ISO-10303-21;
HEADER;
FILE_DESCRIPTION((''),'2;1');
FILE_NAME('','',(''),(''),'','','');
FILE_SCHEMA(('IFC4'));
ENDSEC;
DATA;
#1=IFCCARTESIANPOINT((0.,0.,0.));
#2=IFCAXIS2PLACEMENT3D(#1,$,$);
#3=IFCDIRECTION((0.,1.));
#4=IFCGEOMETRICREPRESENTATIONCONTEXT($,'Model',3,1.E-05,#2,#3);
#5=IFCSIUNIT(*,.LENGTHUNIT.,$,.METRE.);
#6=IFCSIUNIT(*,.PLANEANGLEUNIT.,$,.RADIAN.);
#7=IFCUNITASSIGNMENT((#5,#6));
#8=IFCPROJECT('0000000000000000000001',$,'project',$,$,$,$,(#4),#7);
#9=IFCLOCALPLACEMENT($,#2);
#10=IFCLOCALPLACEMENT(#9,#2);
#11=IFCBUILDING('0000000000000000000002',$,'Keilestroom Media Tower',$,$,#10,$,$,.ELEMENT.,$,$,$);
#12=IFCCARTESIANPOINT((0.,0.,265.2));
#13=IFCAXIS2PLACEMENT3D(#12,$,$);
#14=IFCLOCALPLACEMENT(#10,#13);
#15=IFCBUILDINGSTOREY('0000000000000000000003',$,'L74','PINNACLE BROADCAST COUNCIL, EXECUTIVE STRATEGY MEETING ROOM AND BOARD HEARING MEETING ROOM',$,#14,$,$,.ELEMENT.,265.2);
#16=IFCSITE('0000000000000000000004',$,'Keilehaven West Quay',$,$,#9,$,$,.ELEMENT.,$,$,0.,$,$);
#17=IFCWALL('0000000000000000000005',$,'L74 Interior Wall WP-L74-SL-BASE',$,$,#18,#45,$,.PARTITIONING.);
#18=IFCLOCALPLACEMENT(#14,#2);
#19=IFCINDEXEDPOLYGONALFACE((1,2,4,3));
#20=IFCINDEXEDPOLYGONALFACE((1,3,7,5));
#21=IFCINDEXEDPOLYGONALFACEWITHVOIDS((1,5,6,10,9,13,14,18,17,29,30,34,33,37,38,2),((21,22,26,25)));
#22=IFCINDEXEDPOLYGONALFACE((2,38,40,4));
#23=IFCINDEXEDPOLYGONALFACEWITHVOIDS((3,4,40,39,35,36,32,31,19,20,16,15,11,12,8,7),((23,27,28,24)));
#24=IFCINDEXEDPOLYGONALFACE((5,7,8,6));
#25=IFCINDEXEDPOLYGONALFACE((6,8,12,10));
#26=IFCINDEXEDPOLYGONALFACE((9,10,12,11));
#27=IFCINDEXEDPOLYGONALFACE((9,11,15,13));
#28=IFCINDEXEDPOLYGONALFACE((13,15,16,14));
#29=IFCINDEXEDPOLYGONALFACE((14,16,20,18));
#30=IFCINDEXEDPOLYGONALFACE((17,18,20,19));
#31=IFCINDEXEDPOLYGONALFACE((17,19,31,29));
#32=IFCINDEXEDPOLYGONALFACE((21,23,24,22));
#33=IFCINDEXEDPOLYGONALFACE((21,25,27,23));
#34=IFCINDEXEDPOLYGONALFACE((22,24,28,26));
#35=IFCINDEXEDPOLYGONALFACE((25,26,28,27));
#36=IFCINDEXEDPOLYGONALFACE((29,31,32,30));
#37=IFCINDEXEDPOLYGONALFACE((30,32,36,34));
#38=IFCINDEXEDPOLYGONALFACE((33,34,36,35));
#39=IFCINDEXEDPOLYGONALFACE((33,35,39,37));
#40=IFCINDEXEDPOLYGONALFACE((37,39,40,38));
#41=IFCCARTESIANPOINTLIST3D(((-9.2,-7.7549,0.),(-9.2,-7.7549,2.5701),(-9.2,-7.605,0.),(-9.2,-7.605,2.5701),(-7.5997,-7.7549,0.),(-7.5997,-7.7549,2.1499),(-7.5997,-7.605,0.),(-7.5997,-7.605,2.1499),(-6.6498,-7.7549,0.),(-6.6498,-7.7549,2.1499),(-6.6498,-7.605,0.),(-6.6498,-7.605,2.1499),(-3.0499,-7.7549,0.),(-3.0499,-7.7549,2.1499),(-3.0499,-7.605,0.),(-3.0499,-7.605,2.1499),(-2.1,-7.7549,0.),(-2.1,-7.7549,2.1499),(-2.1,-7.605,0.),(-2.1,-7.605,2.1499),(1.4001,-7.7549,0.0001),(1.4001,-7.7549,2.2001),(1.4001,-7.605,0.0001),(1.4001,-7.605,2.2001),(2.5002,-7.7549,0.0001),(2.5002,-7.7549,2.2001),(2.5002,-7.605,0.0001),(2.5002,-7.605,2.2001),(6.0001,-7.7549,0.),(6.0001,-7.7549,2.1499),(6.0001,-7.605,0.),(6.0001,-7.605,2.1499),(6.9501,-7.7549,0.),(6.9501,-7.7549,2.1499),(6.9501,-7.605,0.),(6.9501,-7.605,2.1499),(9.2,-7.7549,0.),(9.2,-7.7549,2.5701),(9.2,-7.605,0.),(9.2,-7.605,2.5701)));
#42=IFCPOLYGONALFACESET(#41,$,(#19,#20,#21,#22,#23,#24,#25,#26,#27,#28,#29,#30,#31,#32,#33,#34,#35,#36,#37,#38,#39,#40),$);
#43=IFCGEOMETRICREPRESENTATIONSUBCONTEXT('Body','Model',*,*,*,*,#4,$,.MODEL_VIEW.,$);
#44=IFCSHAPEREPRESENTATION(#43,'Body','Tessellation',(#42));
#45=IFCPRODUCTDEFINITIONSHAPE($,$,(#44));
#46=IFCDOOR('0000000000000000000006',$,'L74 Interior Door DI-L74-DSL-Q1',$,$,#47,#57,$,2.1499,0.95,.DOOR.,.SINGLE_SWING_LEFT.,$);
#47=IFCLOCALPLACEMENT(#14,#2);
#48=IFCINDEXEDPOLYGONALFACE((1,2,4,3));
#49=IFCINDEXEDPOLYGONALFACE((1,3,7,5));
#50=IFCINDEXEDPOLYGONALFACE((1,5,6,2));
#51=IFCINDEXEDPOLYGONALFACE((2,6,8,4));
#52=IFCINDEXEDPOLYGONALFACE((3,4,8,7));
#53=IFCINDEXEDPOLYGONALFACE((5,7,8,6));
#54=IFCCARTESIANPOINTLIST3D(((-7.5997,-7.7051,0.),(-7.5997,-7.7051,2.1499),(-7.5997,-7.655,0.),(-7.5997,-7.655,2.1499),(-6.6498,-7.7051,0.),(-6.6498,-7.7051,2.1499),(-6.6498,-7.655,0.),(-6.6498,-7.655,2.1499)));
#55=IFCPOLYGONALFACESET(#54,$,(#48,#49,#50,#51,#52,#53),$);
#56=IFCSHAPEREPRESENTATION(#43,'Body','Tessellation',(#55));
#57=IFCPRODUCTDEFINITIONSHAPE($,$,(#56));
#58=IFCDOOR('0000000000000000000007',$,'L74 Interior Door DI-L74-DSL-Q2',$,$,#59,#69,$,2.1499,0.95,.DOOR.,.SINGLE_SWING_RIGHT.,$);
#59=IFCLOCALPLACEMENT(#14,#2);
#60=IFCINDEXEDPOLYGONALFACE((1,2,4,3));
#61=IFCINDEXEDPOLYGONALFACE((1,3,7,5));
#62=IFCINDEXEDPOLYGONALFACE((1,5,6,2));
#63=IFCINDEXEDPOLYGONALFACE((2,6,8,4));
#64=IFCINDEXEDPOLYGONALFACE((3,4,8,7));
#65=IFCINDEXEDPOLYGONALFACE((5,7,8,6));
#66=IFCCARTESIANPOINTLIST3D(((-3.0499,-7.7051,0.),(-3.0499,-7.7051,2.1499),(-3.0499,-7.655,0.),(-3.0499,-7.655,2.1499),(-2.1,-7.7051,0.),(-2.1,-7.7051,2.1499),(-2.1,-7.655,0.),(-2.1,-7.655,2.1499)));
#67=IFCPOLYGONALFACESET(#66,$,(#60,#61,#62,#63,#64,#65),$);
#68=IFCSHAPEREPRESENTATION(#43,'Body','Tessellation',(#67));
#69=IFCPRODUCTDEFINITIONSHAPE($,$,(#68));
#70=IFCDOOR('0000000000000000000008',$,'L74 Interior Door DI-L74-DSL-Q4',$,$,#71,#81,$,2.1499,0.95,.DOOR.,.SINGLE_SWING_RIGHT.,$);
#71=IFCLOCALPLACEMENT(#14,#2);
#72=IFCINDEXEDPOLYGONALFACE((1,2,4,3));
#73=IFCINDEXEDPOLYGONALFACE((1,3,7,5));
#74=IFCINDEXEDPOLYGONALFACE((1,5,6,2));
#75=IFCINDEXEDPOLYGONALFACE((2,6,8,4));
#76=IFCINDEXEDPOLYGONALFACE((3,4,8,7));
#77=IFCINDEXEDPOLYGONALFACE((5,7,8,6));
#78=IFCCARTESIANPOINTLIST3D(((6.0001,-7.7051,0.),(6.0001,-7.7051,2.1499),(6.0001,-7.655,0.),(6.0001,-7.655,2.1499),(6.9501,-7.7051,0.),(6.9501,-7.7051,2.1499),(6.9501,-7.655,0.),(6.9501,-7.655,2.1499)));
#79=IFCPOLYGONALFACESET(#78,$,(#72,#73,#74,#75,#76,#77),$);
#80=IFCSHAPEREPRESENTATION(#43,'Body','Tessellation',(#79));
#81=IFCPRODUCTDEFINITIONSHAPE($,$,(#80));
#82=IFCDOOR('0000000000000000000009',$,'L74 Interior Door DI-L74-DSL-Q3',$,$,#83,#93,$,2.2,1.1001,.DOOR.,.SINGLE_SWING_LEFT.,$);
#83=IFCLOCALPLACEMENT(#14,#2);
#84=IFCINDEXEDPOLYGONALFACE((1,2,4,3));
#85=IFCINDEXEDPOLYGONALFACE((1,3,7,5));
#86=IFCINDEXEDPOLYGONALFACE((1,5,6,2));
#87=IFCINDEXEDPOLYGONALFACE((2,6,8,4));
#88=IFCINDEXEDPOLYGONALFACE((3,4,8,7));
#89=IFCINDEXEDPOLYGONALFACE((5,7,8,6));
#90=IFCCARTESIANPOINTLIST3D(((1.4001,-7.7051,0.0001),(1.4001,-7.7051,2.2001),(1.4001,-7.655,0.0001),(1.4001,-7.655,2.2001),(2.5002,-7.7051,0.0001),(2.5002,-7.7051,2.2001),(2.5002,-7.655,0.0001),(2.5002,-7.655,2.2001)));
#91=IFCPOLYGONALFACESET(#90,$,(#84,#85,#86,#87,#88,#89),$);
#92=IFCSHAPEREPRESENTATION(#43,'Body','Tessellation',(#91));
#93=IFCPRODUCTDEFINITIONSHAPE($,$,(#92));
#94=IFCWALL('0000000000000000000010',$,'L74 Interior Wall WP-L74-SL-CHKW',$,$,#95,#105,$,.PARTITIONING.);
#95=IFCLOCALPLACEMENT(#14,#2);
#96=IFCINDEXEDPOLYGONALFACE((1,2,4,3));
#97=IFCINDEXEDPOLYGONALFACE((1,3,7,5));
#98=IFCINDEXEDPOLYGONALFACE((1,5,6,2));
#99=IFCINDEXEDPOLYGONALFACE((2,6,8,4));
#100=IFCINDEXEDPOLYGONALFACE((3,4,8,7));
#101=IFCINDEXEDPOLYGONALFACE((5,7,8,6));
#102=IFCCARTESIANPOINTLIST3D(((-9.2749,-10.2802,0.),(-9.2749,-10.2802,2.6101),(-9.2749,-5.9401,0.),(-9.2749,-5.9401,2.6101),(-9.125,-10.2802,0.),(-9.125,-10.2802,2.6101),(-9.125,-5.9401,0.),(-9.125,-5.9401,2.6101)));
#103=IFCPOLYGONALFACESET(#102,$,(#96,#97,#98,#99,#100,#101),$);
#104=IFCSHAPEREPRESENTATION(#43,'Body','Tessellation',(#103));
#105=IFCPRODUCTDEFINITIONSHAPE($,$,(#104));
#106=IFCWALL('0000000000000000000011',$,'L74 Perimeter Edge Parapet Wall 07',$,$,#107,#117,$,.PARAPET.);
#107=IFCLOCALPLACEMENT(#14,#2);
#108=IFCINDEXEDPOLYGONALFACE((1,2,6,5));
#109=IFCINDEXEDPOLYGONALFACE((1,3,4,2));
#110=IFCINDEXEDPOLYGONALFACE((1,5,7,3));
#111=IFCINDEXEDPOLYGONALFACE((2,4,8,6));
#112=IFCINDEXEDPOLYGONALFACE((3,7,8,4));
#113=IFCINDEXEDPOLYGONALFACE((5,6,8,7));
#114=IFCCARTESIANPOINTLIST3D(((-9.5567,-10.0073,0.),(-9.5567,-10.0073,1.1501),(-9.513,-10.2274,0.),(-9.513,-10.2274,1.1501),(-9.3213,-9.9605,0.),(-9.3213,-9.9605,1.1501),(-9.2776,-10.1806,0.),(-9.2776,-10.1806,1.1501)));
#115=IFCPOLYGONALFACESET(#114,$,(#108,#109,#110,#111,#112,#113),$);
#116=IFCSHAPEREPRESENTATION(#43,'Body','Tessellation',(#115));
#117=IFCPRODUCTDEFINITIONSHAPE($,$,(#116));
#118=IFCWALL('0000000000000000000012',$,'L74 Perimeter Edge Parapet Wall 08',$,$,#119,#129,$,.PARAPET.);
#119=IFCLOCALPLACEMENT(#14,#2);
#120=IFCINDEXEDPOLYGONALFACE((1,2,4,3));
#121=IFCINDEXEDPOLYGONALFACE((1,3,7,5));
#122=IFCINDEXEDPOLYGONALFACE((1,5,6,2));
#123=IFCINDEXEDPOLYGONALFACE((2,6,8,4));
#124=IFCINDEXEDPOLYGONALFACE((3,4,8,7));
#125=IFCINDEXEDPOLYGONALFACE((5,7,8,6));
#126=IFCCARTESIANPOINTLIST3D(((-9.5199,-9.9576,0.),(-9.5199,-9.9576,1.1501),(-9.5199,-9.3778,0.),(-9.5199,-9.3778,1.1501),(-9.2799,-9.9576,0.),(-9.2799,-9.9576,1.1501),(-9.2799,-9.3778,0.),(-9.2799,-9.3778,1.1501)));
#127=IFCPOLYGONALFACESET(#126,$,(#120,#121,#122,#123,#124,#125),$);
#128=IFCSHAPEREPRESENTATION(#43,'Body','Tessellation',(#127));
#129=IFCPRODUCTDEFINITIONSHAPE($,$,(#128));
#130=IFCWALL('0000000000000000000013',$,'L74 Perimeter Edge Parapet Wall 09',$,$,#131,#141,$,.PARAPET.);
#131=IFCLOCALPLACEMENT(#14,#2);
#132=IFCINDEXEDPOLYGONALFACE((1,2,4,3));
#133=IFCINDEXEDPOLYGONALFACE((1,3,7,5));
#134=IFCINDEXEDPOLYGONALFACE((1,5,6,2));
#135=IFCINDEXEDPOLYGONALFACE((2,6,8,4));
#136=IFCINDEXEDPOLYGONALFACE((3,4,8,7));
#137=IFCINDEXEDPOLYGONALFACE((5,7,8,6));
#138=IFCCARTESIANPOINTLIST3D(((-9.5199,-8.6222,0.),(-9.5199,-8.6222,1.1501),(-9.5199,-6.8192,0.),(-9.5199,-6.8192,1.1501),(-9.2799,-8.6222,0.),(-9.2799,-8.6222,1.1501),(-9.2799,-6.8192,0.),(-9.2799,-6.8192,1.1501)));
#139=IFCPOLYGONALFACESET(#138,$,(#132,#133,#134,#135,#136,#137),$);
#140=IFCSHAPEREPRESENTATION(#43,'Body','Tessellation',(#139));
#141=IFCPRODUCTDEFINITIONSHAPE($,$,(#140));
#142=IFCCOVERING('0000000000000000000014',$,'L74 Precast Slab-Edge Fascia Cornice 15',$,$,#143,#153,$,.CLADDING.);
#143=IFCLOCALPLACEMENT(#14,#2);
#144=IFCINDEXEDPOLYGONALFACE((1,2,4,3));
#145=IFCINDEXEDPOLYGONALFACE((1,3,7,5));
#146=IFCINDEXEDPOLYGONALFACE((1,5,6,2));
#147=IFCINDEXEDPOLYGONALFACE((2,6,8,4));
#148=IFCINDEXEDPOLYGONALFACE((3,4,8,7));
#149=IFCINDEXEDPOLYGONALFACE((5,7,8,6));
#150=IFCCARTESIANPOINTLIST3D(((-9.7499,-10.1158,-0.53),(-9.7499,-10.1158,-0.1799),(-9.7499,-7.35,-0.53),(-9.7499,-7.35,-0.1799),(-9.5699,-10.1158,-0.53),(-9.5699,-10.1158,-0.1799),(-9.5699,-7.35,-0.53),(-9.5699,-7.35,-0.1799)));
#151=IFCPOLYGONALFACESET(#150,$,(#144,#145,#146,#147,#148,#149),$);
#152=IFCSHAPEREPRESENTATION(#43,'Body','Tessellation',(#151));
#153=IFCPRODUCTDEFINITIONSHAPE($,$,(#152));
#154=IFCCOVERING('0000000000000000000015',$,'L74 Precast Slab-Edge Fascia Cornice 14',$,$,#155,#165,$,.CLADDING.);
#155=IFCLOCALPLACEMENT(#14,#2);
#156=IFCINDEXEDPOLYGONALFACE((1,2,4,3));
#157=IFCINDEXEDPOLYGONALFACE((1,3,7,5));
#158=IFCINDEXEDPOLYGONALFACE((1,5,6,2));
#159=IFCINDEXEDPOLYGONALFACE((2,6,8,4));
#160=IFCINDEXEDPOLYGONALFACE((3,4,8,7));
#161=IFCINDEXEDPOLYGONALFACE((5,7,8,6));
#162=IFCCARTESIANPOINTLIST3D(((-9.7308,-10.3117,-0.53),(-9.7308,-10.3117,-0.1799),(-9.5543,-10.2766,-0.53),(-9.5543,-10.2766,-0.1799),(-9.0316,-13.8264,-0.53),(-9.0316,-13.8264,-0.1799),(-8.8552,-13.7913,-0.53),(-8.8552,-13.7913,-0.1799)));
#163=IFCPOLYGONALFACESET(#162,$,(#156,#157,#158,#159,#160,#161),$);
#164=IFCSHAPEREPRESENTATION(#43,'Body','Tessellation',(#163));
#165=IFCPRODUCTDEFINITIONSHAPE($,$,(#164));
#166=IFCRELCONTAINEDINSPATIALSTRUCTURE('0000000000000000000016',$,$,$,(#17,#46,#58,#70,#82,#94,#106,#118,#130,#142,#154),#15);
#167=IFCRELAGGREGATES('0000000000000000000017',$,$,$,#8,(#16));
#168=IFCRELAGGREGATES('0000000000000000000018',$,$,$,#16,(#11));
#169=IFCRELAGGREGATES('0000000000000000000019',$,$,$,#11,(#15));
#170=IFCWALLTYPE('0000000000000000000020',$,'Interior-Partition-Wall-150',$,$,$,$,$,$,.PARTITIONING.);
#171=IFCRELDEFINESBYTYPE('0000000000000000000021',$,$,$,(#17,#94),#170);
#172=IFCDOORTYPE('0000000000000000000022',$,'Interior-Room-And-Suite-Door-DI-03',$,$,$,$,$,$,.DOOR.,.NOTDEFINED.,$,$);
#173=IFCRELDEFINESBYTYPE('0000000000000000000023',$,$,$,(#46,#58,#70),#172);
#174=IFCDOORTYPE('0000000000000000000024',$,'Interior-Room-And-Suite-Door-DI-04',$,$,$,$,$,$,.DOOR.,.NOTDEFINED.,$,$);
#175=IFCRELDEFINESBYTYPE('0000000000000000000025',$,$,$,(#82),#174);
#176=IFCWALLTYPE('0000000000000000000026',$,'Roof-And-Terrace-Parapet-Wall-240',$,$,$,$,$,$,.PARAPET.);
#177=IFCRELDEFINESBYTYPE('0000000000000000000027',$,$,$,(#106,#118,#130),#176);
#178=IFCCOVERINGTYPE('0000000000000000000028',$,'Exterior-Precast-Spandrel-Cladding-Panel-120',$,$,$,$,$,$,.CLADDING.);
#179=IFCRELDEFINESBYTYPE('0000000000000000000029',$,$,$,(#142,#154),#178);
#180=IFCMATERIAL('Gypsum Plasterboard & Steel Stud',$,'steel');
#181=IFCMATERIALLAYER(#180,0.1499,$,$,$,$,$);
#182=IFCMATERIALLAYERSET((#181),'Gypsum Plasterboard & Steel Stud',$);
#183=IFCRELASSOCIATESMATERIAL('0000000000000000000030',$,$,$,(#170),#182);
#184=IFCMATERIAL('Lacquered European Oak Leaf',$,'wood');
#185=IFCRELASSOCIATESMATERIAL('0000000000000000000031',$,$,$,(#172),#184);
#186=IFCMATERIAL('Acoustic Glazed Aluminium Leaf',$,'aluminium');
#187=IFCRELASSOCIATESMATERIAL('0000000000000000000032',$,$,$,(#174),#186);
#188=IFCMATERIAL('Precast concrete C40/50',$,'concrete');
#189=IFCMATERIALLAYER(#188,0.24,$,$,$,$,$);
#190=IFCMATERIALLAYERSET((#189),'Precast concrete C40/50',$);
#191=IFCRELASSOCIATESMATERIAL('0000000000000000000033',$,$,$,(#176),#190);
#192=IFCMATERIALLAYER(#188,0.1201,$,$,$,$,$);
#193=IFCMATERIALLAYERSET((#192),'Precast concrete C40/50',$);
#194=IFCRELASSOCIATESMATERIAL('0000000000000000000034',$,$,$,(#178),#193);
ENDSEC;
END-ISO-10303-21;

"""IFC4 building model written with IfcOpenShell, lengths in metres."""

from ifc_helpers import new_model, si_unit, direction, frame, frame_2d, origin, origin_2d, place, context, subcontext, project, spatial, rectangle, extrude, source, transform, mapped, material, layer, layer_set, type_object, element, fill, save


model = new_model("IFC4")

# Units and contexts
model_context = context("Model", 3, precision=1e-05, world=origin(), true_north=direction((0.0, 1.0)))
body_context = subcontext(model_context, "Body", "Model", "MODEL_VIEW")
ifc_project = project(units=[si_unit("LENGTHUNIT", "METRE"), si_unit("PLANEANGLEUNIT", "RADIAN")], contexts=[model_context])

# Site, building, storey
site_placement = place(None, origin())
site = spatial("IfcSite", under=ifc_project, at=site_placement, Name="Keilehaven West Quay", CompositionType="ELEMENT", RefElevation=0.0)
building_placement = place(site_placement, origin())
building = spatial("IfcBuilding", under=site, at=building_placement, Name="Keilestroom Media Tower", CompositionType="ELEMENT")
storey_placement = place(building_placement, frame((0.0, 0.0, 265.2)))
storey = spatial("IfcBuildingStorey", under=building, at=storey_placement, Name="L74", Description="PINNACLE BROADCAST COUNCIL, EXECUTIVE STRATEGY MEETING ROOM AND BOARD HEARING MEETING ROOM", CompositionType="ELEMENT", Elevation=265.2)

# Shared definitions
ifc_material_1 = material(Name="Precast concrete C40/50", Category="concrete")

# Wall, openings, doors
ifc_material_2 = material(Name="Gypsum Plasterboard & Steel Stud", Category="steel")
ifc_layer_1 = layer(ifc_material_2, 0.1499)
ifc_layer_set_1 = layer_set([ifc_layer_1], Name="Gypsum Plasterboard & Steel Stud")
wall_type_1 = type_object("IfcWallType", Name="Interior-Partition-Wall-150", PredefinedType="PARTITIONING", material=ifc_layer_set_1)
wall_1_placement = place(storey_placement, frame((-9.2, -7.6799, 0.0), z_axis=(0.0, 0.0, 1.0), x_axis=(1.0, 0.0, 0.0)))
wall_1 = element("IfcWall", 1, at=wall_1_placement, inside=storey, type_object=wall_type_1, Name="L74 Interior Wall WP-L74-SL-BASE", PredefinedType="PARTITIONING", context=body_context, shape_type="SweptSolid", body=[
    extrude(rectangle(XDim=18.3999, YDim=0.1499, at=frame_2d((9.2, 0.0))), origin(), (0.0, 0.0, 1.0), 2.5701),
])
opening_1_placement = place(wall_1_placement, frame((1.6001, 0.0, 0.0)))
opening_1 = element("IfcOpeningElement", 2, at=opening_1_placement, cuts=wall_1, PredefinedType="OPENING", context=body_context, shape_type="SweptSolid", body=[
    extrude(rectangle(XDim=0.95, YDim=2.1499, at=frame_2d((0.4751, 1.075))), frame((0.0, 0.085, 0.0), z_axis=(0.0, -1.0, 0.0), x_axis=(1.0, 0.0, 0.0)), (0.0, 0.0, 1.0), 0.1699),
])
opening_2_placement = place(wall_1_placement, frame((6.1499, 0.0, 0.0)))
opening_2 = element("IfcOpeningElement", 3, at=opening_2_placement, cuts=wall_1, PredefinedType="OPENING", context=body_context, shape_type="SweptSolid", body=[
    extrude(rectangle(XDim=0.95, YDim=2.1499, at=frame_2d((0.4751, 1.075))), frame((0.0, 0.085, 0.0), z_axis=(0.0, -1.0, 0.0), x_axis=(1.0, 0.0, 0.0)), (0.0, 0.0, 1.0), 0.1699),
])
opening_3_placement = place(wall_1_placement, frame((10.6001, 0.0, 0.0)))
opening_3 = element("IfcOpeningElement", 4, at=opening_3_placement, cuts=wall_1, PredefinedType="OPENING", context=body_context, shape_type="SweptSolid", body=[
    extrude(rectangle(XDim=1.1001, YDim=2.2, at=frame_2d((0.55, 1.1001))), frame((0.0, 0.085, 0.0), z_axis=(0.0, -1.0, 0.0), x_axis=(1.0, 0.0, 0.0)), (0.0, 0.0, 1.0), 0.1699),
])
opening_4_placement = place(wall_1_placement, frame((15.2, 0.0, 0.0)))
opening_4 = element("IfcOpeningElement", 5, at=opening_4_placement, cuts=wall_1, PredefinedType="OPENING", context=body_context, shape_type="SweptSolid", body=[
    extrude(rectangle(XDim=0.95, YDim=2.1499, at=frame_2d((0.4751, 1.075))), frame((0.0, 0.085, 0.0), z_axis=(0.0, -1.0, 0.0), x_axis=(1.0, 0.0, 0.0)), (0.0, 0.0, 1.0), 0.1699),
])
ifc_material_3 = material(Name="Lacquered European Oak Leaf", Category="wood")
door_type_1 = type_object("IfcDoorType", Name="Interior-Room-And-Suite-Door-DI-03", OperationType="NOTDEFINED", PredefinedType="DOOR", material=ifc_material_3)
shared_shape_1 = source(origin(), body_context, "Body", "SweptSolid", [
    extrude(rectangle(XDim=0.95, YDim=2.1499, at=frame_2d((0.4751, 1.075))), frame((0.0, 0.0249, 0.0), z_axis=(0.0, -1.0, 0.0), x_axis=(1.0, 0.0, 0.0)), (0.0, 0.0, 1.0), 0.05),
])
door_1_placement = place(opening_1_placement, origin())
door_1 = element("IfcDoor", 6, at=door_1_placement, inside=storey, type_object=door_type_1, Name="L74 Interior Door DI-L74-DSL-Q1", OperationType="SINGLE_SWING_LEFT", OverallHeight=2.1499, OverallWidth=0.95, PredefinedType="DOOR", context=body_context, shape_type="MappedRepresentation", body=[
    mapped(shared_shape_1, transform((0.0, 0.0, 0.0), x_axis=(1.0, 0.0, 0.0), y_axis=(0.0, 1.0, 0.0), z_axis=(0.0, 0.0, 1.0), scale=1.0)),
])
fill(opening_1, door_1)
door_2_placement = place(opening_2_placement, origin())
door_2 = element("IfcDoor", 7, at=door_2_placement, inside=storey, type_object=door_type_1, Name="L74 Interior Door DI-L74-DSL-Q2", OperationType="SINGLE_SWING_RIGHT", OverallHeight=2.1499, OverallWidth=0.95, PredefinedType="DOOR", context=body_context, shape_type="MappedRepresentation", body=[
    mapped(shared_shape_1, transform((0.0, 0.0, 0.0), x_axis=(1.0, 0.0, 0.0), y_axis=(0.0, 1.0, 0.0), z_axis=(0.0, 0.0, 1.0), scale=1.0)),
])
fill(opening_2, door_2)
door_3_placement = place(opening_4_placement, origin())
door_3 = element("IfcDoor", 8, at=door_3_placement, inside=storey, type_object=door_type_1, Name="L74 Interior Door DI-L74-DSL-Q4", OperationType="SINGLE_SWING_RIGHT", OverallHeight=2.1499, OverallWidth=0.95, PredefinedType="DOOR", context=body_context, shape_type="MappedRepresentation", body=[
    mapped(shared_shape_1, transform((0.0, 0.0, 0.0), x_axis=(1.0, 0.0, 0.0), y_axis=(0.0, 1.0, 0.0), z_axis=(0.0, 0.0, 1.0), scale=1.0)),
])
fill(opening_4, door_3)
ifc_material_4 = material(Name="Acoustic Glazed Aluminium Leaf", Category="aluminium")
door_type_2 = type_object("IfcDoorType", Name="Interior-Room-And-Suite-Door-DI-04", OperationType="NOTDEFINED", PredefinedType="DOOR", material=ifc_material_4)
shared_shape_2 = source(origin(), body_context, "Body", "SweptSolid", [
    extrude(rectangle(XDim=1.1001, YDim=2.2, at=frame_2d((0.55, 1.1001))), frame((0.0, 0.0249, 0.0), z_axis=(0.0, -1.0, 0.0), x_axis=(1.0, 0.0, 0.0)), (0.0, 0.0, 1.0), 0.05),
])
door_4_placement = place(opening_3_placement, origin())
door_4 = element("IfcDoor", 9, at=door_4_placement, inside=storey, type_object=door_type_2, Name="L74 Interior Door DI-L74-DSL-Q3", OperationType="SINGLE_SWING_LEFT", OverallHeight=2.2, OverallWidth=1.1001, PredefinedType="DOOR", context=body_context, shape_type="MappedRepresentation", body=[
    mapped(shared_shape_2, transform((0.0, 0.0, 0.0), x_axis=(1.0, 0.0, 0.0), y_axis=(0.0, 1.0, 0.0), z_axis=(0.0, 0.0, 1.0), scale=1.0)),
])
fill(opening_3, door_4)

# Walls
wall_2_placement = place(storey_placement, frame((-9.2, -10.28, 0.0), z_axis=(0.0, 0.0, 1.0), x_axis=(0.0, 1.0, 0.0)))
element("IfcWall", 10, at=wall_2_placement, inside=storey, type_object=wall_type_1, Name="L74 Interior Wall WP-L74-SL-CHKW", PredefinedType="PARTITIONING", context=body_context, shape_type="SweptSolid", body=[
    extrude(rectangle(XDim=4.3401, YDim=0.1499, at=frame_2d((2.1699, 0.0))), origin(), (0.0, 0.0, 1.0), 2.6101),
])
ifc_layer_2 = layer(ifc_material_1, 0.24)
ifc_layer_set_2 = layer_set([ifc_layer_2], Name="Precast concrete C40/50")
wall_type_2 = type_object("IfcWallType", Name="Roof-And-Terrace-Parapet-Wall-240", PredefinedType="PARAPET", material=ifc_layer_set_2)
wall_3_placement = place(storey_placement, frame((-9.3953, -10.2041, 0.0), z_axis=(0.0, 0.0, 1.0), x_axis=(-0.19486, 0.980831, 0.0)))
element("IfcWall", 11, at=wall_3_placement, inside=storey, type_object=wall_type_2, Name="L74 Perimeter Edge Parapet Wall 07", PredefinedType="PARAPET", context=body_context, shape_type="SweptSolid", body=[
    extrude(rectangle(XDim=0.2244, YDim=0.24, at=frame_2d((0.1123, 0.0))), origin(), (0.0, 0.0, 1.0), 1.1501),
])
wall_4_placement = place(storey_placement, frame((-9.3999, -9.9578, 0.0), z_axis=(0.0, 0.0, 1.0), x_axis=(0.0, 1.0, 0.0)))
element("IfcWall", 12, at=wall_4_placement, inside=storey, type_object=wall_type_2, Name="L74 Perimeter Edge Parapet Wall 08", PredefinedType="PARAPET", context=body_context, shape_type="SweptSolid", body=[
    extrude(rectangle(XDim=0.5798, YDim=0.24, at=frame_2d((0.29, 0.0))), origin(), (0.0, 0.0, 1.0), 1.1501),
])
wall_5_placement = place(storey_placement, frame((-9.3999, -8.6221, 0.0), z_axis=(0.0, 0.0, 1.0), x_axis=(0.0, 1.0, 0.0)))
element("IfcWall", 13, at=wall_5_placement, inside=storey, type_object=wall_type_2, Name="L74 Perimeter Edge Parapet Wall 09", PredefinedType="PARAPET", context=body_context, shape_type="SweptSolid", body=[
    extrude(rectangle(XDim=1.803, YDim=0.24, at=frame_2d((0.9014, 0.0))), origin(), (0.0, 0.0, 1.0), 1.1501),
])

# Coverings
ifc_layer_3 = layer(ifc_material_1, 0.1201)
ifc_layer_set_3 = layer_set([ifc_layer_3], Name="Precast concrete C40/50")
covering_type_1 = type_object("IfcCoveringType", Name="Exterior-Precast-Spandrel-Cladding-Panel-120", PredefinedType="CLADDING", material=ifc_layer_set_3)
shared_shape_3 = source(origin(), body_context, "Body", "SweptSolid", [
    extrude(rectangle(XDim=2.7659, YDim=0.1799, at=origin_2d()), origin(), (0.0, 0.0, 1.0), 0.3501),
])
covering_1_placement = place(storey_placement, frame((-9.6599, -8.7329, -0.53), z_axis=(0.0, 0.0, 1.0), x_axis=(0.0, 1.0, 0.0)))
element("IfcCovering", 14, at=covering_1_placement, inside=storey, type_object=covering_type_1, Name="L74 Precast Slab-Edge Fascia Cornice 15", PredefinedType="CLADDING", context=body_context, shape_type="MappedRepresentation", body=[
    mapped(shared_shape_3, transform((0.0, 0.0, 0.0), x_axis=(1.0, 0.0, 0.0), y_axis=(0.0, 1.0, 0.0), z_axis=(0.0, 0.0, 1.0), scale=1.0)),
])
shared_shape_4 = source(origin(), body_context, "Body", "SweptSolid", [
    extrude(rectangle(XDim=3.5835, YDim=0.1799, at=origin_2d()), origin(), (0.0, 0.0, 1.0), 0.3501),
])
covering_2_placement = place(storey_placement, frame((-9.293, -12.0515, -0.53), z_axis=(0.0, 0.0, 1.0), x_axis=(-0.195099, 0.980784, 0.0)))
element("IfcCovering", 15, at=covering_2_placement, inside=storey, type_object=covering_type_1, Name="L74 Precast Slab-Edge Fascia Cornice 14", PredefinedType="CLADDING", context=body_context, shape_type="MappedRepresentation", body=[
    mapped(shared_shape_4, transform((0.0, 0.0, 0.0), x_axis=(1.0, 0.0, 0.0), y_axis=(0.0, 1.0, 0.0), z_axis=(0.0, 0.0, 1.0), scale=1.0)),
])

save(model, "model.ifc")
